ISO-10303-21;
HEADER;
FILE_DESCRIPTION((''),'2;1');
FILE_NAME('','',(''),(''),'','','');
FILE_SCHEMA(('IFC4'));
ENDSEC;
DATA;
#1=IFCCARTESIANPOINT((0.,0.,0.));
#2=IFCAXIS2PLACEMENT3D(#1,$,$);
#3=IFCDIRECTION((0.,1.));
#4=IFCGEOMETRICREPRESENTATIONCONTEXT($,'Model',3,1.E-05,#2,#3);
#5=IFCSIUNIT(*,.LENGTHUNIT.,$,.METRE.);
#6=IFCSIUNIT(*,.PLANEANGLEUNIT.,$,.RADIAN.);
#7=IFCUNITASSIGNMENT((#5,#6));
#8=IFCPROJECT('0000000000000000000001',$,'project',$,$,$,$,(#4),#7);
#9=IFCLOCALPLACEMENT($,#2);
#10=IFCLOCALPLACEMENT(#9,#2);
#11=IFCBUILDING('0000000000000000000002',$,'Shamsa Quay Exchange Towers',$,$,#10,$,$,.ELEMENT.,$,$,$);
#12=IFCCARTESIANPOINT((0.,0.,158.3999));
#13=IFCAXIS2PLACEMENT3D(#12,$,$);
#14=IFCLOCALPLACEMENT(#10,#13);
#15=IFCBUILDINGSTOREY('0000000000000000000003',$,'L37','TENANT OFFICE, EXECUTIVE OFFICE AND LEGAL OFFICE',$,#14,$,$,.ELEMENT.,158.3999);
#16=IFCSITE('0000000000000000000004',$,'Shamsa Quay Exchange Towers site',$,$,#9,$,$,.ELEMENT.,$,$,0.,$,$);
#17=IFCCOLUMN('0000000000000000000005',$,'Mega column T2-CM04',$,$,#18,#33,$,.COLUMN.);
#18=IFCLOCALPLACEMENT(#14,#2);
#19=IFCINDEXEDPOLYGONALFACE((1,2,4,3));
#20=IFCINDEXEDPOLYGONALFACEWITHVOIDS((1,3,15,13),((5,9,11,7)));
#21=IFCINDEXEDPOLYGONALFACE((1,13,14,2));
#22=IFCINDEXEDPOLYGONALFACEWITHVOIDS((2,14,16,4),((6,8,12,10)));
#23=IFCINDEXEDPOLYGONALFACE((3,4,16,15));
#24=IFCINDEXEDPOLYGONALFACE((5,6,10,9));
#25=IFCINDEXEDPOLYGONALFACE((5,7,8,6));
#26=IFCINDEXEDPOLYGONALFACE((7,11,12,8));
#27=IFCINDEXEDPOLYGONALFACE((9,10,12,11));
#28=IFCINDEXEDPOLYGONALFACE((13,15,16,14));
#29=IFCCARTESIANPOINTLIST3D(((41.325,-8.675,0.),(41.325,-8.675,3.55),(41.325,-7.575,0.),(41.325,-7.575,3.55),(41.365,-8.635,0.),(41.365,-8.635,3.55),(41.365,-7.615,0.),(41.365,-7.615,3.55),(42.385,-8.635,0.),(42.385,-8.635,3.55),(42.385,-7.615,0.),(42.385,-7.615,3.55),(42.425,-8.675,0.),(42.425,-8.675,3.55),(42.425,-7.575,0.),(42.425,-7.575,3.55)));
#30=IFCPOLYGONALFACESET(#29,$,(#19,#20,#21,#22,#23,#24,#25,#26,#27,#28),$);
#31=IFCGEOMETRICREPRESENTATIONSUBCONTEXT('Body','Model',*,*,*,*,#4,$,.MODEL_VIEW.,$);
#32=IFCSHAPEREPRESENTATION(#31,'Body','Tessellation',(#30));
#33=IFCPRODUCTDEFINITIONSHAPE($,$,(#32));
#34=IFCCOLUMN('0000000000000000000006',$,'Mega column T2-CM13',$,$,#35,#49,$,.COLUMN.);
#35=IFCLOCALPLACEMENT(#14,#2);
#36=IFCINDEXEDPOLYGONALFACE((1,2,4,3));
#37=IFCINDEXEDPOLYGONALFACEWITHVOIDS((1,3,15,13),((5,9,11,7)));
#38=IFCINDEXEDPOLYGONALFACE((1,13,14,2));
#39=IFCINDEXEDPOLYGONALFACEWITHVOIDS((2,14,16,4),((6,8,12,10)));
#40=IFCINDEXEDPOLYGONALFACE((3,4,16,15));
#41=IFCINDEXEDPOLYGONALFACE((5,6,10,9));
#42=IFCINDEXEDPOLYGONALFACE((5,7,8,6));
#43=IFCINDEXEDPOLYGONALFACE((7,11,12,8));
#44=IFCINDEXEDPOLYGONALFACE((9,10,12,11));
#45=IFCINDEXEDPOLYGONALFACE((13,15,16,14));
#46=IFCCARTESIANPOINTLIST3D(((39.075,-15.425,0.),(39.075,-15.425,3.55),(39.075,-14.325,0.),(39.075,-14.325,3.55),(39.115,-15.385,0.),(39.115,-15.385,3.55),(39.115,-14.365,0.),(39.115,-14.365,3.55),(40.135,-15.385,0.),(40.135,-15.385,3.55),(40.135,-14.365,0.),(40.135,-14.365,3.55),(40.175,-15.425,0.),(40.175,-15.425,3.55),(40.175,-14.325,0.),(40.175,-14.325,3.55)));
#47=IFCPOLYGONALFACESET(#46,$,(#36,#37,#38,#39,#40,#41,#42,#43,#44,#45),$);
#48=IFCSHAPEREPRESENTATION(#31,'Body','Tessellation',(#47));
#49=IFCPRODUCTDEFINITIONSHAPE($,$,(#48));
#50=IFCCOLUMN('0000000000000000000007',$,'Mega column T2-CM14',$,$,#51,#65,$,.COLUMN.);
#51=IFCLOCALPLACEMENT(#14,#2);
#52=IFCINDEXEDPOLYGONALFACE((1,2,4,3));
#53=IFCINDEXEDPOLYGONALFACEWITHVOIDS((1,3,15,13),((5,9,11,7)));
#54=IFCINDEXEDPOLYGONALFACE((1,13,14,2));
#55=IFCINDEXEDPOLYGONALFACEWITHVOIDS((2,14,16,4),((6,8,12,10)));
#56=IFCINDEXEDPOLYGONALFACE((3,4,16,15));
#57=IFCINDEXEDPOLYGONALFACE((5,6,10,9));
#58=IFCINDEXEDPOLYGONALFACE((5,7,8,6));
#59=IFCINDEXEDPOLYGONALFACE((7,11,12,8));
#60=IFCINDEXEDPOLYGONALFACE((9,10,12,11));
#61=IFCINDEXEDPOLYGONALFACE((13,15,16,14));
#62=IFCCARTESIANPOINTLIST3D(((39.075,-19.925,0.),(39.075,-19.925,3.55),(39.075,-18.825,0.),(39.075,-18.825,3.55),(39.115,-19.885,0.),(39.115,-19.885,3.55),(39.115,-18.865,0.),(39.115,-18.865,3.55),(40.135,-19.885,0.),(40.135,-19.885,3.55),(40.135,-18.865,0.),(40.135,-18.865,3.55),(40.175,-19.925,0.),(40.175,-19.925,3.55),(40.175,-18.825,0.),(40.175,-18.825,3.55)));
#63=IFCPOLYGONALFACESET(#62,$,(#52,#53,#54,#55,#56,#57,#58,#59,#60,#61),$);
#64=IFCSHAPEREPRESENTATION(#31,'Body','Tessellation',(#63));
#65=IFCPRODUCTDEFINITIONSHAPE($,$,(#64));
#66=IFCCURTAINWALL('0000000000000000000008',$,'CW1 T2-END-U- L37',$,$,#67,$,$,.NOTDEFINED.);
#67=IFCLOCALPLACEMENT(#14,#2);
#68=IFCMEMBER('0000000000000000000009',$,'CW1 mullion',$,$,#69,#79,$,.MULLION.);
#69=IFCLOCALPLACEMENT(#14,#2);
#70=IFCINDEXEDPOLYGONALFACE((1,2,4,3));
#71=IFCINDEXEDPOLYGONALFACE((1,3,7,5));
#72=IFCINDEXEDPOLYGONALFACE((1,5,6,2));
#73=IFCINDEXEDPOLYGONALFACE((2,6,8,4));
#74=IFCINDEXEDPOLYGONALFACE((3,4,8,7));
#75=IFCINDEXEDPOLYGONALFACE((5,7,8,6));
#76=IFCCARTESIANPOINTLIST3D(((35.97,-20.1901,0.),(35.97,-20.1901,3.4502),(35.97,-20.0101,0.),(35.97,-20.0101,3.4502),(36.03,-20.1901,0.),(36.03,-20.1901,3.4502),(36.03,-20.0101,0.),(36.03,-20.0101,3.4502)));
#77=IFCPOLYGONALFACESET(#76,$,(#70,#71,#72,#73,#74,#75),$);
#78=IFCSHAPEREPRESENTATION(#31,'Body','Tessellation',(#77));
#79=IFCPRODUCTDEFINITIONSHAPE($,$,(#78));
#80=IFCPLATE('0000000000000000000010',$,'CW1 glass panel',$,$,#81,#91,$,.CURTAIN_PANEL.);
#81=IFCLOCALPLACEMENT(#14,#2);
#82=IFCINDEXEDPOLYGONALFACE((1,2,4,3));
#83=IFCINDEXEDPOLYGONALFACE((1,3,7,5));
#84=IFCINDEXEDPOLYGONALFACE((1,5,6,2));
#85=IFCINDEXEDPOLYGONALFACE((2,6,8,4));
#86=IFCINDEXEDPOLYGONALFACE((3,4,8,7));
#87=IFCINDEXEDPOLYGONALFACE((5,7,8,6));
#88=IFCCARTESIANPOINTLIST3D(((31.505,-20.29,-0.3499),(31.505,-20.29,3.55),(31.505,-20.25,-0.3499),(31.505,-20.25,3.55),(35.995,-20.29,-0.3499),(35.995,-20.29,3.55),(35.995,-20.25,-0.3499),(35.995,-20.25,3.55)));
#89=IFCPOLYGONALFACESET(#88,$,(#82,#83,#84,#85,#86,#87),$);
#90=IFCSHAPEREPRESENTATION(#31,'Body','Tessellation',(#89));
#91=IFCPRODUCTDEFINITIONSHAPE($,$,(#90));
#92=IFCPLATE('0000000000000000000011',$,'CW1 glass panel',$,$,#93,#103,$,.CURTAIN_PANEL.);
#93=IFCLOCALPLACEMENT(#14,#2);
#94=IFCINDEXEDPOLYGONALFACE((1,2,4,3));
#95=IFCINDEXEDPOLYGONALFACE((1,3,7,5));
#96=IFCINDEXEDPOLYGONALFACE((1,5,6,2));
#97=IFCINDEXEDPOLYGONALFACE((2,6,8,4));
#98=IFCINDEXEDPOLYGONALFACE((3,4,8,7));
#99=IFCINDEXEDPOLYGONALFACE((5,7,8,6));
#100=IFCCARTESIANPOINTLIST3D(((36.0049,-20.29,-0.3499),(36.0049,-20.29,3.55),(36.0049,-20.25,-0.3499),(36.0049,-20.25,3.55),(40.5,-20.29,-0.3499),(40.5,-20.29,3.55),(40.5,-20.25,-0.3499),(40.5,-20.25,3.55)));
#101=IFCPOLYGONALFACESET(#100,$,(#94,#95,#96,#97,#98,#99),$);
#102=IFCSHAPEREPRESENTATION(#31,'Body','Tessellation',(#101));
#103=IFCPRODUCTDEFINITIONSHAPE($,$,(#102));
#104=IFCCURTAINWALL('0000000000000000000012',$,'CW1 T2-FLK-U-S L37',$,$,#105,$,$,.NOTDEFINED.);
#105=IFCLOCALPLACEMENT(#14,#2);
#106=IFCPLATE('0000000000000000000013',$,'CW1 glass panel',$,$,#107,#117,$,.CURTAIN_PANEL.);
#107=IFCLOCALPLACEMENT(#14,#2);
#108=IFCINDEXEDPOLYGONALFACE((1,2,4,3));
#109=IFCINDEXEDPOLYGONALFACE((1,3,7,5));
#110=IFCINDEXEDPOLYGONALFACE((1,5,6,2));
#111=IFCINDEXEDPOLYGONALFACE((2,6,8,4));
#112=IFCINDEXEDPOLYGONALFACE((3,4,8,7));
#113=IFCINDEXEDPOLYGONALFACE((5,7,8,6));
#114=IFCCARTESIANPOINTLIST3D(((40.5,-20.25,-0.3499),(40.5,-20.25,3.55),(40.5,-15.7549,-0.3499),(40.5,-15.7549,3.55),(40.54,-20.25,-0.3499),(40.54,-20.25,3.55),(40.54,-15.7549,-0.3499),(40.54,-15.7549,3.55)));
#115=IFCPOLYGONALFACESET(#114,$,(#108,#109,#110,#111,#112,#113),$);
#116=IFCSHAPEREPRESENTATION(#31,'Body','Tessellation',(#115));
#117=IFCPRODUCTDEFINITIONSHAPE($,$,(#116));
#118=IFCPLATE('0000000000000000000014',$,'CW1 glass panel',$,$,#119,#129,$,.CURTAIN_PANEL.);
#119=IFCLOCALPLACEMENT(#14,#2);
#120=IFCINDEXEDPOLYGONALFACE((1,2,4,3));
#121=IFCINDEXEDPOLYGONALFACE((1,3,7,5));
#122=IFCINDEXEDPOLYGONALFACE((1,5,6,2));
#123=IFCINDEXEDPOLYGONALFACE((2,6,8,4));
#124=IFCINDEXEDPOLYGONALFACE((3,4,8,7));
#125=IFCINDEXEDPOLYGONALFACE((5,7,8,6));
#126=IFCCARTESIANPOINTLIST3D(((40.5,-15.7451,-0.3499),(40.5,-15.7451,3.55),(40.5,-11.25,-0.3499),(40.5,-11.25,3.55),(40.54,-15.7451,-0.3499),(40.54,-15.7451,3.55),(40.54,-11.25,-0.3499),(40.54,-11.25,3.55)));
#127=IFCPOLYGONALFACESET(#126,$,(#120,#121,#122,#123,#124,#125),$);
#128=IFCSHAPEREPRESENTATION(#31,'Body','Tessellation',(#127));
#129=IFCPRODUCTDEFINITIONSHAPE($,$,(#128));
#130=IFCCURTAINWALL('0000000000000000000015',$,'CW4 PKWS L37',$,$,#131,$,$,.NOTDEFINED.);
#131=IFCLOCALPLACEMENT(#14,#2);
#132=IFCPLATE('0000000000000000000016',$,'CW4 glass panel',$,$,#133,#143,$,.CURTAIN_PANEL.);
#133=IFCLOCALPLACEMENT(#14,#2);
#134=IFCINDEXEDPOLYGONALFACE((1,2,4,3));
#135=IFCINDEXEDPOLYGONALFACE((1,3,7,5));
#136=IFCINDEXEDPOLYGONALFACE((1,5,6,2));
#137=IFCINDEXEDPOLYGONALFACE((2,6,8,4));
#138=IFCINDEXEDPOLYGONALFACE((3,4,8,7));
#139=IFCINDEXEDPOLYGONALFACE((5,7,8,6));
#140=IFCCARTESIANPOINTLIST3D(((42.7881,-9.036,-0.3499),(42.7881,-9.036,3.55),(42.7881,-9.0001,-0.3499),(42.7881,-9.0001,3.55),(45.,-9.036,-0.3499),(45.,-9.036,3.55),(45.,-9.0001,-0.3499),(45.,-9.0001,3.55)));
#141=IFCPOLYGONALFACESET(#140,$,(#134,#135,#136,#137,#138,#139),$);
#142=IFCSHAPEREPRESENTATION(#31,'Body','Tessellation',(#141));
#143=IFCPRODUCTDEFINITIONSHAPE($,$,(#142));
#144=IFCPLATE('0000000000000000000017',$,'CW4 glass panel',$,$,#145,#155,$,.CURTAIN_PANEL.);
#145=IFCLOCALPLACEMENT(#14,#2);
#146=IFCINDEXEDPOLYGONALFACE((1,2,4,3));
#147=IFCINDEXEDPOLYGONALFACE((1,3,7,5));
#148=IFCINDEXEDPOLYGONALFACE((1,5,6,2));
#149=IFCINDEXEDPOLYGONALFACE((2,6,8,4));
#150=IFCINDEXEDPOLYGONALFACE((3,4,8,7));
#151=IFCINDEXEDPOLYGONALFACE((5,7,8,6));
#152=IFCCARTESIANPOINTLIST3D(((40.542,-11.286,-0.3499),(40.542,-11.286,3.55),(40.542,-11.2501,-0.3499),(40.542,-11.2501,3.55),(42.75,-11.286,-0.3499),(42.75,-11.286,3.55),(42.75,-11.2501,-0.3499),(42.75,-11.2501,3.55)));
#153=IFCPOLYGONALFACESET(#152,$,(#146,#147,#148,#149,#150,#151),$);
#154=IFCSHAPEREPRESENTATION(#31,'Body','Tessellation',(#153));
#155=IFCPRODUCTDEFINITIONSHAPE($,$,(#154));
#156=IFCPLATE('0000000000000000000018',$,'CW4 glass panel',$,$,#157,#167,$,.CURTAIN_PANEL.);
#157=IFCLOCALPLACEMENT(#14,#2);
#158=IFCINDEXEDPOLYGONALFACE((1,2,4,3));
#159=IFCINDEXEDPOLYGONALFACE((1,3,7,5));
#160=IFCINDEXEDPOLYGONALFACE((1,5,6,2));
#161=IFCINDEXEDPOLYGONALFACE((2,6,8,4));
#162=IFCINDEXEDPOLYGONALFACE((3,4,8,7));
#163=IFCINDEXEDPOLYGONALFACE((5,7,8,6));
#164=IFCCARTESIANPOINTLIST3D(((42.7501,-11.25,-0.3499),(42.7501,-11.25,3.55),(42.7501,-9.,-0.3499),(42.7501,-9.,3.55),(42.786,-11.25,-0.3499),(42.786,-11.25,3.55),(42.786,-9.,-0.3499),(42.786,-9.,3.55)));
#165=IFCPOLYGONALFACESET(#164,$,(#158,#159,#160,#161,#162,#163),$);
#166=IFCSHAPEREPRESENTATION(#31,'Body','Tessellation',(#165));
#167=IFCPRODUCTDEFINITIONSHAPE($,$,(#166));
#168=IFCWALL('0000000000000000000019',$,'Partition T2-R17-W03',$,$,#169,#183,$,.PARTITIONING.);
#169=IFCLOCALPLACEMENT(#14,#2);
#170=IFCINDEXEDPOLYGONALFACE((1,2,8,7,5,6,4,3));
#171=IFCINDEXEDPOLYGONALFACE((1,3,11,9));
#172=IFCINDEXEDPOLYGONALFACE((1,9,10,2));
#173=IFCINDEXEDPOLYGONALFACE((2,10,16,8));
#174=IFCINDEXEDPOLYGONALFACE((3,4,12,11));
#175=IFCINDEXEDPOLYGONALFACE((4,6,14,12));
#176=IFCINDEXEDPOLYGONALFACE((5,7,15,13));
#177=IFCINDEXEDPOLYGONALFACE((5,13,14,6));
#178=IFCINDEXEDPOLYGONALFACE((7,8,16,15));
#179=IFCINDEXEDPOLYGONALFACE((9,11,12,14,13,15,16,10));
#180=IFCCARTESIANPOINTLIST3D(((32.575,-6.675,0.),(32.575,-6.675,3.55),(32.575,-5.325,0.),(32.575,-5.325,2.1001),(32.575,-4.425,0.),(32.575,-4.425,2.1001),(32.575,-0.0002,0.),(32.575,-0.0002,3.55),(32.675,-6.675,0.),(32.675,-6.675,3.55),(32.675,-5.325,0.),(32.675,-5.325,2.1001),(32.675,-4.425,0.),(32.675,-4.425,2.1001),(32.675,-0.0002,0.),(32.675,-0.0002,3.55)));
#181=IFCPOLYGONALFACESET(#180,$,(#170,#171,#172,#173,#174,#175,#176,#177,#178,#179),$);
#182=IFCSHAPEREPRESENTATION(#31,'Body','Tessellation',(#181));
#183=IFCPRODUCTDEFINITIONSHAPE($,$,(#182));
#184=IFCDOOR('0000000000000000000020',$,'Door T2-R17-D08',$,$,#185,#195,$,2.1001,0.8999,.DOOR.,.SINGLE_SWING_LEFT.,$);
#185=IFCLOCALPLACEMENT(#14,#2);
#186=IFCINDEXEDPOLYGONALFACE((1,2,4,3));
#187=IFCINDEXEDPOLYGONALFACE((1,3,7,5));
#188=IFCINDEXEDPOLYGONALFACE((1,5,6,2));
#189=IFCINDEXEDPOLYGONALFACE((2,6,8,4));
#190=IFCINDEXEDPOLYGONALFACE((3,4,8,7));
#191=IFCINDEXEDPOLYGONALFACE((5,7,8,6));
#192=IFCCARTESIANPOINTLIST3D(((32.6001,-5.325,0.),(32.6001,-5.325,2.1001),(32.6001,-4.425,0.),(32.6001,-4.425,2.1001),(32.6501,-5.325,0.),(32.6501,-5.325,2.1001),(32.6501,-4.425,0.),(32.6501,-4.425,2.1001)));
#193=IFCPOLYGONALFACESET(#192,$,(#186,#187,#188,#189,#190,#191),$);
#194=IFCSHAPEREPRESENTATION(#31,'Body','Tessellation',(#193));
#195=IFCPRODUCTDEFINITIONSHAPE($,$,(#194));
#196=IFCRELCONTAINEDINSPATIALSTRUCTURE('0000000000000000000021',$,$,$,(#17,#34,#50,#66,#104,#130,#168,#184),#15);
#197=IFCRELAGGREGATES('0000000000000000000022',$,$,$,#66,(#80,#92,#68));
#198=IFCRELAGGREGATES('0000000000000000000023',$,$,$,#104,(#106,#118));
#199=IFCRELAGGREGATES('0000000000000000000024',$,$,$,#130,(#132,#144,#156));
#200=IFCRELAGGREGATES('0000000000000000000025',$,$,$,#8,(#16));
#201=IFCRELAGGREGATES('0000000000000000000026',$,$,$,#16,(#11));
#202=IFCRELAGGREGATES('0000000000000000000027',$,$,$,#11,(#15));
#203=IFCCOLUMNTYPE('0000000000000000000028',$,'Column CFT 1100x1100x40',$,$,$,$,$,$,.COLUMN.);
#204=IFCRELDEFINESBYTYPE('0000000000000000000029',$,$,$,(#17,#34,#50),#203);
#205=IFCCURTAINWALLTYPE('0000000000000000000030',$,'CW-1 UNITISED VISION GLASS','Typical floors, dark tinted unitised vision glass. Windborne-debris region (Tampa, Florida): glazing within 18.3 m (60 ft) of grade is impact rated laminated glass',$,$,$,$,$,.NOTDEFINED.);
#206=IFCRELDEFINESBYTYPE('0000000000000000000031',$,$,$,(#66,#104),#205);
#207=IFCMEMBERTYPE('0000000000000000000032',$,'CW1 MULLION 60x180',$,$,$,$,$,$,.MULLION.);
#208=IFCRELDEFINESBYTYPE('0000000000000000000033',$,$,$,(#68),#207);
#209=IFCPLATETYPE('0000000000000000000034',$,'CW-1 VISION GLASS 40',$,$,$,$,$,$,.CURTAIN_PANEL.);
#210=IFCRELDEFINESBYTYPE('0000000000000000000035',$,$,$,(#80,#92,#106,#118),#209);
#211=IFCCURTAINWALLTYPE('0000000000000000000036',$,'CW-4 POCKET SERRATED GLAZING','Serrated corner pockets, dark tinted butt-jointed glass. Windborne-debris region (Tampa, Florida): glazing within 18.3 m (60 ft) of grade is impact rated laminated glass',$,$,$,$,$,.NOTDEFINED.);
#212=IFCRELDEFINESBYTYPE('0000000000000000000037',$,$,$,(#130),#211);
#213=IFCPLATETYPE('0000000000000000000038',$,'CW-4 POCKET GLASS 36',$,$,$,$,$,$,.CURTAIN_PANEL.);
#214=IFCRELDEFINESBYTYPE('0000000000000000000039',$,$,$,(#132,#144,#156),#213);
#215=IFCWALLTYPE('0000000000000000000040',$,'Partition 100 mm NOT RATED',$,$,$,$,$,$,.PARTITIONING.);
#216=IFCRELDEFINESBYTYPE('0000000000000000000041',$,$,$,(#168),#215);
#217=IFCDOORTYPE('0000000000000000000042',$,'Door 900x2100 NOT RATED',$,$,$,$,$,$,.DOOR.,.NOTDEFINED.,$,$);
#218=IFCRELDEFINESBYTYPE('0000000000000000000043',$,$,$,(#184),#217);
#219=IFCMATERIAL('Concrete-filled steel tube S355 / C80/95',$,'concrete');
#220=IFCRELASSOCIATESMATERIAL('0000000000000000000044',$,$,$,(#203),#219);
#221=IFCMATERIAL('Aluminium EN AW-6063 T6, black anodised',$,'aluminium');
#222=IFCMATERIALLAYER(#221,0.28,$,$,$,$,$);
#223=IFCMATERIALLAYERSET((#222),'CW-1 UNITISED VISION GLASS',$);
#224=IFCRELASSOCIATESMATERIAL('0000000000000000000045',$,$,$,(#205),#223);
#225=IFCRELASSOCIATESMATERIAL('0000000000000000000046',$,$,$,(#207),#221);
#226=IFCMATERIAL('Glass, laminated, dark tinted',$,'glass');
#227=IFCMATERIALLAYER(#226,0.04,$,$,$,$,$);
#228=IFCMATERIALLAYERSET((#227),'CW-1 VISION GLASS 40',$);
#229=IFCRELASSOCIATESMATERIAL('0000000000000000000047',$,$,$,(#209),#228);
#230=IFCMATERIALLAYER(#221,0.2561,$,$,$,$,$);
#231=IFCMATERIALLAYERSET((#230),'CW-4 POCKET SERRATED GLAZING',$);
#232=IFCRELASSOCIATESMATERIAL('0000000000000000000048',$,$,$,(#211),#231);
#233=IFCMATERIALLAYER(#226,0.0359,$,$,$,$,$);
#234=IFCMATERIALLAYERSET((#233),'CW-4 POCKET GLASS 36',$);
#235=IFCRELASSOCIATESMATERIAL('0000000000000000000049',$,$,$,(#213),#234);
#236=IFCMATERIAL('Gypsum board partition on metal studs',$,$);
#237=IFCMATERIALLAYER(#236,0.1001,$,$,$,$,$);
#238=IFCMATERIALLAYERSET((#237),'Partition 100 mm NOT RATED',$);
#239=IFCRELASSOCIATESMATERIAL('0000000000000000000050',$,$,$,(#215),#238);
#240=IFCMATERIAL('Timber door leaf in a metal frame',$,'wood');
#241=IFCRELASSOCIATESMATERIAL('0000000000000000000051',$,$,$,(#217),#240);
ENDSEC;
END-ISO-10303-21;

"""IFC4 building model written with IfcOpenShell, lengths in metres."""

from ifc_helpers import new_model, si_unit, direction, frame, frame_2d, origin, origin_2d, place, context, subcontext, project, spatial, rectangle, hollow_rectangle, extrude, material, layer, layer_set, material_profile, profile_set, type_object, element, fill, aggregate, save


model = new_model("IFC4")

# Units and contexts
model_context = context("Model", 3, precision=1e-05, world=origin(), true_north=direction((0.0, 1.0)))
body_context = subcontext(model_context, "Body", "Model", "MODEL_VIEW")
ifc_project = project(units=[si_unit("LENGTHUNIT", "METRE"), si_unit("PLANEANGLEUNIT", "RADIAN")], contexts=[model_context])

# Site, building, storey
site_placement = place(None, origin())
site = spatial("IfcSite", under=ifc_project, at=site_placement, Name="Shamsa Quay Exchange Towers site", CompositionType="ELEMENT", RefElevation=0.0)
building_placement = place(site_placement, origin())
building = spatial("IfcBuilding", under=site, at=building_placement, Name="Shamsa Quay Exchange Towers", CompositionType="ELEMENT")
storey_placement = place(building_placement, frame((0.0, 0.0, 158.3999)))
storey = spatial("IfcBuildingStorey", under=building, at=storey_placement, Name="L37", Description="TENANT OFFICE, EXECUTIVE OFFICE AND LEGAL OFFICE", CompositionType="ELEMENT", Elevation=158.3999)

# Columns
ifc_material_1 = material(Name="Concrete-filled steel tube S355 / C80/95", Category="concrete")
ifc_material_profile_1 = material_profile(ifc_material_1, hollow_rectangle(XDim=1.1001, YDim=1.1001, WallThickness=0.04, at=origin_2d()), Name="CFT 1100x1100x40")
ifc_profile_set_1 = profile_set([ifc_material_profile_1], Name="Concrete-filled steel tube S355 / C80/95")
column_type = type_object("IfcColumnType", Name="Column CFT 1100x1100x40", PredefinedType="COLUMN", material=ifc_profile_set_1)
for number, where, name in (
    (1, (41.875, -8.125, 0.0), "Mega column T2-CM04"),
    (2, (39.625, -14.875, 0.0), "Mega column T2-CM13"),
    (3, (39.625, -19.375, 0.0), "Mega column T2-CM14"),
):
    element("IfcColumn", number, at=place(storey_placement, frame(where)), inside=storey, type_object=column_type, Name=name, PredefinedType="COLUMN", context=body_context, shape_type="SweptSolid", body=[
        extrude(hollow_rectangle(XDim=1.1001, YDim=1.1001, WallThickness=0.04, at=origin_2d()), origin(), (0.0, 0.0, 1.0), 3.55),
    ])

# Curtain wall, member, plates
ifc_material_2 = material(Name="Aluminium EN AW-6063 T6, black anodised", Category="aluminium")
ifc_layer_1 = layer(ifc_material_2, 0.28)
ifc_layer_set_1 = layer_set([ifc_layer_1], Name="CW-1 UNITISED VISION GLASS")
curtain_wall_type_1 = type_object("IfcCurtainWallType", Name="CW-1 UNITISED VISION GLASS", Description="Typical floors, dark tinted unitised vision glass. Windborne-debris region (Tampa, Florida): glazing within 18.3 m (60 ft) of grade is impact rated laminated glass", PredefinedType="NOTDEFINED", material=ifc_layer_set_1)
curtain_wall_1_placement = place(storey_placement, origin())
curtain_wall_1 = element("IfcCurtainWall", 4, at=curtain_wall_1_placement, inside=storey, type_object=curtain_wall_type_1, Name="CW1 T2-END-U- L37", PredefinedType="NOTDEFINED")
ifc_material_profile_2 = material_profile(ifc_material_2, rectangle(XDim=0.1799, YDim=0.0601, at=origin_2d()), Name="MU60x180")
ifc_profile_set_2 = profile_set([ifc_material_profile_2], Name="Aluminium EN AW-6063 T6, black anodised")
member_type = type_object("IfcMemberType", Name="CW1 MULLION 60x180", PredefinedType="MULLION", material=ifc_profile_set_2)
member_placement = place(storey_placement, frame((36.0, -20.1001, 0.0), z_axis=(0.0, 0.0, 1.0), x_axis=(0.0, 1.0, 0.0)))
member = element("IfcMember", 5, at=member_placement, type_object=member_type, Name="CW1 mullion", PredefinedType="MULLION", context=body_context, shape_type="SweptSolid", body=[
    extrude(rectangle(XDim=0.1799, YDim=0.0601, at=origin_2d()), origin(), (0.0, 0.0, 1.0), 3.4502),
])
ifc_material_3 = material(Name="Glass, laminated, dark tinted", Category="glass")
ifc_layer_2 = layer(ifc_material_3, 0.04)
ifc_layer_set_2 = layer_set([ifc_layer_2], Name="CW-1 VISION GLASS 40")
plate_type_1 = type_object("IfcPlateType", Name="CW-1 VISION GLASS 40", PredefinedType="CURTAIN_PANEL", material=ifc_layer_set_2)
plate_1_placement = place(storey_placement, frame((33.75, -20.27, -0.3499)))
plate_1 = element("IfcPlate", 6, at=plate_1_placement, type_object=plate_type_1, Name="CW1 glass panel", PredefinedType="CURTAIN_PANEL", context=body_context, shape_type="SweptSolid", body=[
    extrude(rectangle(XDim=4.49, YDim=0.04, at=origin_2d()), origin(), (0.0, 0.0, 1.0), 3.8999),
])
plate_2_placement = place(storey_placement, frame((38.2524, -20.27, -0.3499)))
plate_2 = element("IfcPlate", 7, at=plate_2_placement, type_object=plate_type_1, Name="CW1 glass panel", PredefinedType="CURTAIN_PANEL", context=body_context, shape_type="SweptSolid", body=[
    extrude(rectangle(XDim=4.4951, YDim=0.04, at=origin_2d()), origin(), (0.0, 0.0, 1.0), 3.8999),
])
aggregate(curtain_wall_1, [plate_1, plate_2, member])

# Curtain walls, plates
curtain_wall_2_placement = place(storey_placement, origin())
curtain_wall_2 = element("IfcCurtainWall", 8, at=curtain_wall_2_placement, inside=storey, type_object=curtain_wall_type_1, Name="CW1 T2-FLK-U-S L37", PredefinedType="NOTDEFINED")
plate_3_placement = place(storey_placement, frame((40.52, -18.0024, -0.3499), z_axis=(0.0, 0.0, 1.0), x_axis=(0.0, 1.0, 0.0)))
plate_3 = element("IfcPlate", 9, at=plate_3_placement, type_object=plate_type_1, Name="CW1 glass panel", PredefinedType="CURTAIN_PANEL", context=body_context, shape_type="SweptSolid", body=[
    extrude(rectangle(XDim=4.4951, YDim=0.04, at=origin_2d()), origin(), (0.0, 0.0, 1.0), 3.8999),
])
plate_4_placement = place(storey_placement, frame((40.52, -13.4976, -0.3499), z_axis=(0.0, 0.0, 1.0), x_axis=(0.0, 1.0, 0.0)))
plate_4 = element("IfcPlate", 10, at=plate_4_placement, type_object=plate_type_1, Name="CW1 glass panel", PredefinedType="CURTAIN_PANEL", context=body_context, shape_type="SweptSolid", body=[
    extrude(rectangle(XDim=4.4951, YDim=0.04, at=origin_2d()), origin(), (0.0, 0.0, 1.0), 3.8999),
])
aggregate(curtain_wall_2, [plate_3, plate_4])
ifc_layer_3 = layer(ifc_material_2, 0.2561)
ifc_layer_set_3 = layer_set([ifc_layer_3], Name="CW-4 POCKET SERRATED GLAZING")
curtain_wall_type_2 = type_object("IfcCurtainWallType", Name="CW-4 POCKET SERRATED GLAZING", Description="Serrated corner pockets, dark tinted butt-jointed glass. Windborne-debris region (Tampa, Florida): glazing within 18.3 m (60 ft) of grade is impact rated laminated glass", PredefinedType="NOTDEFINED", material=ifc_layer_set_3)
curtain_wall_3_placement = place(storey_placement, origin())
curtain_wall_3 = element("IfcCurtainWall", 11, at=curtain_wall_3_placement, inside=storey, type_object=curtain_wall_type_2, Name="CW4 PKWS L37", PredefinedType="NOTDEFINED")
ifc_layer_4 = layer(ifc_material_3, 0.0359)
ifc_layer_set_4 = layer_set([ifc_layer_4], Name="CW-4 POCKET GLASS 36")
plate_type_2 = type_object("IfcPlateType", Name="CW-4 POCKET GLASS 36", PredefinedType="CURTAIN_PANEL", material=ifc_layer_set_4)
plate_5_placement = place(storey_placement, frame((43.894, -9.0181, -0.3499)))
plate_5 = element("IfcPlate", 12, at=plate_5_placement, type_object=plate_type_2, Name="CW4 glass panel", PredefinedType="CURTAIN_PANEL", context=body_context, shape_type="SweptSolid", body=[
    extrude(rectangle(XDim=2.2119, YDim=0.0359, at=origin_2d()), origin(), (0.0, 0.0, 1.0), 3.8999),
])
plate_6_placement = place(storey_placement, frame((41.646, -11.2681, -0.3499)))
plate_6 = element("IfcPlate", 13, at=plate_6_placement, type_object=plate_type_2, Name="CW4 glass panel", PredefinedType="CURTAIN_PANEL", context=body_context, shape_type="SweptSolid", body=[
    extrude(rectangle(XDim=2.208, YDim=0.0359, at=origin_2d()), origin(), (0.0, 0.0, 1.0), 3.8999),
])
plate_7_placement = place(storey_placement, frame((42.7681, -10.125, -0.3499), z_axis=(0.0, 0.0, 1.0), x_axis=(0.0, 1.0, 0.0)))
plate_7 = element("IfcPlate", 14, at=plate_7_placement, type_object=plate_type_2, Name="CW4 glass panel", PredefinedType="CURTAIN_PANEL", context=body_context, shape_type="SweptSolid", body=[
    extrude(rectangle(XDim=2.25, YDim=0.0359, at=origin_2d()), origin(), (0.0, 0.0, 1.0), 3.8999),
])
aggregate(curtain_wall_3, [plate_5, plate_6, plate_7])

# Wall, opening, door
ifc_material_4 = material(Name="Gypsum board partition on metal studs")
ifc_layer_5 = layer(ifc_material_4, 0.1001)
ifc_layer_set_5 = layer_set([ifc_layer_5], Name="Partition 100 mm NOT RATED")
wall_type_1 = type_object("IfcWallType", Name="Partition 100 mm NOT RATED", PredefinedType="PARTITIONING", material=ifc_layer_set_5)
wall_1_placement = place(storey_placement, frame((32.625, -6.675, 0.0), z_axis=(0.0, 0.0, 1.0), x_axis=(0.0, 1.0, 0.0)))
wall_1 = element("IfcWall", 15, at=wall_1_placement, inside=storey, type_object=wall_type_1, Name="Partition T2-R17-W03", PredefinedType="PARTITIONING", context=body_context, shape_type="SweptSolid", body=[
    extrude(rectangle(XDim=6.6748, YDim=0.1001, at=frame_2d((3.3374, 0.0))), origin(), (0.0, 0.0, 1.0), 3.55),
])
opening_1_placement = place(wall_1_placement, frame((1.3501, 0.0, 0.0)))
opening_1 = element("IfcOpeningElement", 16, at=opening_1_placement, cuts=wall_1, PredefinedType="OPENING", context=body_context, shape_type="SweptSolid", body=[
    extrude(rectangle(XDim=0.8999, YDim=2.1001, at=frame_2d((0.45, 1.05))), frame((0.0, 0.0601, 0.0), z_axis=(0.0, -1.0, 0.0), x_axis=(1.0, 0.0, 0.0)), (0.0, 0.0, 1.0), 0.1201),
])
ifc_material_5 = material(Name="Timber door leaf in a metal frame", Category="wood")
door_type_1 = type_object("IfcDoorType", Name="Door 900x2100 NOT RATED", OperationType="NOTDEFINED", PredefinedType="DOOR", material=ifc_material_5)
door_1_placement = place(opening_1_placement, origin())
door_1 = element("IfcDoor", 17, at=door_1_placement, inside=storey, type_object=door_type_1, Name="Door T2-R17-D08", OperationType="SINGLE_SWING_LEFT", OverallHeight=2.1001, OverallWidth=0.8999, PredefinedType="DOOR", context=body_context, shape_type="SweptSolid", body=[
    extrude(rectangle(XDim=0.8999, YDim=2.1001, at=frame_2d((0.45, 1.05))), frame((0.0, 0.0249, 0.0), z_axis=(0.0, -1.0, 0.0), x_axis=(1.0, 0.0, 0.0)), (0.0, 0.0, 1.0), 0.05),
])
fill(opening_1, door_1)

save(model, "model.ifc")
